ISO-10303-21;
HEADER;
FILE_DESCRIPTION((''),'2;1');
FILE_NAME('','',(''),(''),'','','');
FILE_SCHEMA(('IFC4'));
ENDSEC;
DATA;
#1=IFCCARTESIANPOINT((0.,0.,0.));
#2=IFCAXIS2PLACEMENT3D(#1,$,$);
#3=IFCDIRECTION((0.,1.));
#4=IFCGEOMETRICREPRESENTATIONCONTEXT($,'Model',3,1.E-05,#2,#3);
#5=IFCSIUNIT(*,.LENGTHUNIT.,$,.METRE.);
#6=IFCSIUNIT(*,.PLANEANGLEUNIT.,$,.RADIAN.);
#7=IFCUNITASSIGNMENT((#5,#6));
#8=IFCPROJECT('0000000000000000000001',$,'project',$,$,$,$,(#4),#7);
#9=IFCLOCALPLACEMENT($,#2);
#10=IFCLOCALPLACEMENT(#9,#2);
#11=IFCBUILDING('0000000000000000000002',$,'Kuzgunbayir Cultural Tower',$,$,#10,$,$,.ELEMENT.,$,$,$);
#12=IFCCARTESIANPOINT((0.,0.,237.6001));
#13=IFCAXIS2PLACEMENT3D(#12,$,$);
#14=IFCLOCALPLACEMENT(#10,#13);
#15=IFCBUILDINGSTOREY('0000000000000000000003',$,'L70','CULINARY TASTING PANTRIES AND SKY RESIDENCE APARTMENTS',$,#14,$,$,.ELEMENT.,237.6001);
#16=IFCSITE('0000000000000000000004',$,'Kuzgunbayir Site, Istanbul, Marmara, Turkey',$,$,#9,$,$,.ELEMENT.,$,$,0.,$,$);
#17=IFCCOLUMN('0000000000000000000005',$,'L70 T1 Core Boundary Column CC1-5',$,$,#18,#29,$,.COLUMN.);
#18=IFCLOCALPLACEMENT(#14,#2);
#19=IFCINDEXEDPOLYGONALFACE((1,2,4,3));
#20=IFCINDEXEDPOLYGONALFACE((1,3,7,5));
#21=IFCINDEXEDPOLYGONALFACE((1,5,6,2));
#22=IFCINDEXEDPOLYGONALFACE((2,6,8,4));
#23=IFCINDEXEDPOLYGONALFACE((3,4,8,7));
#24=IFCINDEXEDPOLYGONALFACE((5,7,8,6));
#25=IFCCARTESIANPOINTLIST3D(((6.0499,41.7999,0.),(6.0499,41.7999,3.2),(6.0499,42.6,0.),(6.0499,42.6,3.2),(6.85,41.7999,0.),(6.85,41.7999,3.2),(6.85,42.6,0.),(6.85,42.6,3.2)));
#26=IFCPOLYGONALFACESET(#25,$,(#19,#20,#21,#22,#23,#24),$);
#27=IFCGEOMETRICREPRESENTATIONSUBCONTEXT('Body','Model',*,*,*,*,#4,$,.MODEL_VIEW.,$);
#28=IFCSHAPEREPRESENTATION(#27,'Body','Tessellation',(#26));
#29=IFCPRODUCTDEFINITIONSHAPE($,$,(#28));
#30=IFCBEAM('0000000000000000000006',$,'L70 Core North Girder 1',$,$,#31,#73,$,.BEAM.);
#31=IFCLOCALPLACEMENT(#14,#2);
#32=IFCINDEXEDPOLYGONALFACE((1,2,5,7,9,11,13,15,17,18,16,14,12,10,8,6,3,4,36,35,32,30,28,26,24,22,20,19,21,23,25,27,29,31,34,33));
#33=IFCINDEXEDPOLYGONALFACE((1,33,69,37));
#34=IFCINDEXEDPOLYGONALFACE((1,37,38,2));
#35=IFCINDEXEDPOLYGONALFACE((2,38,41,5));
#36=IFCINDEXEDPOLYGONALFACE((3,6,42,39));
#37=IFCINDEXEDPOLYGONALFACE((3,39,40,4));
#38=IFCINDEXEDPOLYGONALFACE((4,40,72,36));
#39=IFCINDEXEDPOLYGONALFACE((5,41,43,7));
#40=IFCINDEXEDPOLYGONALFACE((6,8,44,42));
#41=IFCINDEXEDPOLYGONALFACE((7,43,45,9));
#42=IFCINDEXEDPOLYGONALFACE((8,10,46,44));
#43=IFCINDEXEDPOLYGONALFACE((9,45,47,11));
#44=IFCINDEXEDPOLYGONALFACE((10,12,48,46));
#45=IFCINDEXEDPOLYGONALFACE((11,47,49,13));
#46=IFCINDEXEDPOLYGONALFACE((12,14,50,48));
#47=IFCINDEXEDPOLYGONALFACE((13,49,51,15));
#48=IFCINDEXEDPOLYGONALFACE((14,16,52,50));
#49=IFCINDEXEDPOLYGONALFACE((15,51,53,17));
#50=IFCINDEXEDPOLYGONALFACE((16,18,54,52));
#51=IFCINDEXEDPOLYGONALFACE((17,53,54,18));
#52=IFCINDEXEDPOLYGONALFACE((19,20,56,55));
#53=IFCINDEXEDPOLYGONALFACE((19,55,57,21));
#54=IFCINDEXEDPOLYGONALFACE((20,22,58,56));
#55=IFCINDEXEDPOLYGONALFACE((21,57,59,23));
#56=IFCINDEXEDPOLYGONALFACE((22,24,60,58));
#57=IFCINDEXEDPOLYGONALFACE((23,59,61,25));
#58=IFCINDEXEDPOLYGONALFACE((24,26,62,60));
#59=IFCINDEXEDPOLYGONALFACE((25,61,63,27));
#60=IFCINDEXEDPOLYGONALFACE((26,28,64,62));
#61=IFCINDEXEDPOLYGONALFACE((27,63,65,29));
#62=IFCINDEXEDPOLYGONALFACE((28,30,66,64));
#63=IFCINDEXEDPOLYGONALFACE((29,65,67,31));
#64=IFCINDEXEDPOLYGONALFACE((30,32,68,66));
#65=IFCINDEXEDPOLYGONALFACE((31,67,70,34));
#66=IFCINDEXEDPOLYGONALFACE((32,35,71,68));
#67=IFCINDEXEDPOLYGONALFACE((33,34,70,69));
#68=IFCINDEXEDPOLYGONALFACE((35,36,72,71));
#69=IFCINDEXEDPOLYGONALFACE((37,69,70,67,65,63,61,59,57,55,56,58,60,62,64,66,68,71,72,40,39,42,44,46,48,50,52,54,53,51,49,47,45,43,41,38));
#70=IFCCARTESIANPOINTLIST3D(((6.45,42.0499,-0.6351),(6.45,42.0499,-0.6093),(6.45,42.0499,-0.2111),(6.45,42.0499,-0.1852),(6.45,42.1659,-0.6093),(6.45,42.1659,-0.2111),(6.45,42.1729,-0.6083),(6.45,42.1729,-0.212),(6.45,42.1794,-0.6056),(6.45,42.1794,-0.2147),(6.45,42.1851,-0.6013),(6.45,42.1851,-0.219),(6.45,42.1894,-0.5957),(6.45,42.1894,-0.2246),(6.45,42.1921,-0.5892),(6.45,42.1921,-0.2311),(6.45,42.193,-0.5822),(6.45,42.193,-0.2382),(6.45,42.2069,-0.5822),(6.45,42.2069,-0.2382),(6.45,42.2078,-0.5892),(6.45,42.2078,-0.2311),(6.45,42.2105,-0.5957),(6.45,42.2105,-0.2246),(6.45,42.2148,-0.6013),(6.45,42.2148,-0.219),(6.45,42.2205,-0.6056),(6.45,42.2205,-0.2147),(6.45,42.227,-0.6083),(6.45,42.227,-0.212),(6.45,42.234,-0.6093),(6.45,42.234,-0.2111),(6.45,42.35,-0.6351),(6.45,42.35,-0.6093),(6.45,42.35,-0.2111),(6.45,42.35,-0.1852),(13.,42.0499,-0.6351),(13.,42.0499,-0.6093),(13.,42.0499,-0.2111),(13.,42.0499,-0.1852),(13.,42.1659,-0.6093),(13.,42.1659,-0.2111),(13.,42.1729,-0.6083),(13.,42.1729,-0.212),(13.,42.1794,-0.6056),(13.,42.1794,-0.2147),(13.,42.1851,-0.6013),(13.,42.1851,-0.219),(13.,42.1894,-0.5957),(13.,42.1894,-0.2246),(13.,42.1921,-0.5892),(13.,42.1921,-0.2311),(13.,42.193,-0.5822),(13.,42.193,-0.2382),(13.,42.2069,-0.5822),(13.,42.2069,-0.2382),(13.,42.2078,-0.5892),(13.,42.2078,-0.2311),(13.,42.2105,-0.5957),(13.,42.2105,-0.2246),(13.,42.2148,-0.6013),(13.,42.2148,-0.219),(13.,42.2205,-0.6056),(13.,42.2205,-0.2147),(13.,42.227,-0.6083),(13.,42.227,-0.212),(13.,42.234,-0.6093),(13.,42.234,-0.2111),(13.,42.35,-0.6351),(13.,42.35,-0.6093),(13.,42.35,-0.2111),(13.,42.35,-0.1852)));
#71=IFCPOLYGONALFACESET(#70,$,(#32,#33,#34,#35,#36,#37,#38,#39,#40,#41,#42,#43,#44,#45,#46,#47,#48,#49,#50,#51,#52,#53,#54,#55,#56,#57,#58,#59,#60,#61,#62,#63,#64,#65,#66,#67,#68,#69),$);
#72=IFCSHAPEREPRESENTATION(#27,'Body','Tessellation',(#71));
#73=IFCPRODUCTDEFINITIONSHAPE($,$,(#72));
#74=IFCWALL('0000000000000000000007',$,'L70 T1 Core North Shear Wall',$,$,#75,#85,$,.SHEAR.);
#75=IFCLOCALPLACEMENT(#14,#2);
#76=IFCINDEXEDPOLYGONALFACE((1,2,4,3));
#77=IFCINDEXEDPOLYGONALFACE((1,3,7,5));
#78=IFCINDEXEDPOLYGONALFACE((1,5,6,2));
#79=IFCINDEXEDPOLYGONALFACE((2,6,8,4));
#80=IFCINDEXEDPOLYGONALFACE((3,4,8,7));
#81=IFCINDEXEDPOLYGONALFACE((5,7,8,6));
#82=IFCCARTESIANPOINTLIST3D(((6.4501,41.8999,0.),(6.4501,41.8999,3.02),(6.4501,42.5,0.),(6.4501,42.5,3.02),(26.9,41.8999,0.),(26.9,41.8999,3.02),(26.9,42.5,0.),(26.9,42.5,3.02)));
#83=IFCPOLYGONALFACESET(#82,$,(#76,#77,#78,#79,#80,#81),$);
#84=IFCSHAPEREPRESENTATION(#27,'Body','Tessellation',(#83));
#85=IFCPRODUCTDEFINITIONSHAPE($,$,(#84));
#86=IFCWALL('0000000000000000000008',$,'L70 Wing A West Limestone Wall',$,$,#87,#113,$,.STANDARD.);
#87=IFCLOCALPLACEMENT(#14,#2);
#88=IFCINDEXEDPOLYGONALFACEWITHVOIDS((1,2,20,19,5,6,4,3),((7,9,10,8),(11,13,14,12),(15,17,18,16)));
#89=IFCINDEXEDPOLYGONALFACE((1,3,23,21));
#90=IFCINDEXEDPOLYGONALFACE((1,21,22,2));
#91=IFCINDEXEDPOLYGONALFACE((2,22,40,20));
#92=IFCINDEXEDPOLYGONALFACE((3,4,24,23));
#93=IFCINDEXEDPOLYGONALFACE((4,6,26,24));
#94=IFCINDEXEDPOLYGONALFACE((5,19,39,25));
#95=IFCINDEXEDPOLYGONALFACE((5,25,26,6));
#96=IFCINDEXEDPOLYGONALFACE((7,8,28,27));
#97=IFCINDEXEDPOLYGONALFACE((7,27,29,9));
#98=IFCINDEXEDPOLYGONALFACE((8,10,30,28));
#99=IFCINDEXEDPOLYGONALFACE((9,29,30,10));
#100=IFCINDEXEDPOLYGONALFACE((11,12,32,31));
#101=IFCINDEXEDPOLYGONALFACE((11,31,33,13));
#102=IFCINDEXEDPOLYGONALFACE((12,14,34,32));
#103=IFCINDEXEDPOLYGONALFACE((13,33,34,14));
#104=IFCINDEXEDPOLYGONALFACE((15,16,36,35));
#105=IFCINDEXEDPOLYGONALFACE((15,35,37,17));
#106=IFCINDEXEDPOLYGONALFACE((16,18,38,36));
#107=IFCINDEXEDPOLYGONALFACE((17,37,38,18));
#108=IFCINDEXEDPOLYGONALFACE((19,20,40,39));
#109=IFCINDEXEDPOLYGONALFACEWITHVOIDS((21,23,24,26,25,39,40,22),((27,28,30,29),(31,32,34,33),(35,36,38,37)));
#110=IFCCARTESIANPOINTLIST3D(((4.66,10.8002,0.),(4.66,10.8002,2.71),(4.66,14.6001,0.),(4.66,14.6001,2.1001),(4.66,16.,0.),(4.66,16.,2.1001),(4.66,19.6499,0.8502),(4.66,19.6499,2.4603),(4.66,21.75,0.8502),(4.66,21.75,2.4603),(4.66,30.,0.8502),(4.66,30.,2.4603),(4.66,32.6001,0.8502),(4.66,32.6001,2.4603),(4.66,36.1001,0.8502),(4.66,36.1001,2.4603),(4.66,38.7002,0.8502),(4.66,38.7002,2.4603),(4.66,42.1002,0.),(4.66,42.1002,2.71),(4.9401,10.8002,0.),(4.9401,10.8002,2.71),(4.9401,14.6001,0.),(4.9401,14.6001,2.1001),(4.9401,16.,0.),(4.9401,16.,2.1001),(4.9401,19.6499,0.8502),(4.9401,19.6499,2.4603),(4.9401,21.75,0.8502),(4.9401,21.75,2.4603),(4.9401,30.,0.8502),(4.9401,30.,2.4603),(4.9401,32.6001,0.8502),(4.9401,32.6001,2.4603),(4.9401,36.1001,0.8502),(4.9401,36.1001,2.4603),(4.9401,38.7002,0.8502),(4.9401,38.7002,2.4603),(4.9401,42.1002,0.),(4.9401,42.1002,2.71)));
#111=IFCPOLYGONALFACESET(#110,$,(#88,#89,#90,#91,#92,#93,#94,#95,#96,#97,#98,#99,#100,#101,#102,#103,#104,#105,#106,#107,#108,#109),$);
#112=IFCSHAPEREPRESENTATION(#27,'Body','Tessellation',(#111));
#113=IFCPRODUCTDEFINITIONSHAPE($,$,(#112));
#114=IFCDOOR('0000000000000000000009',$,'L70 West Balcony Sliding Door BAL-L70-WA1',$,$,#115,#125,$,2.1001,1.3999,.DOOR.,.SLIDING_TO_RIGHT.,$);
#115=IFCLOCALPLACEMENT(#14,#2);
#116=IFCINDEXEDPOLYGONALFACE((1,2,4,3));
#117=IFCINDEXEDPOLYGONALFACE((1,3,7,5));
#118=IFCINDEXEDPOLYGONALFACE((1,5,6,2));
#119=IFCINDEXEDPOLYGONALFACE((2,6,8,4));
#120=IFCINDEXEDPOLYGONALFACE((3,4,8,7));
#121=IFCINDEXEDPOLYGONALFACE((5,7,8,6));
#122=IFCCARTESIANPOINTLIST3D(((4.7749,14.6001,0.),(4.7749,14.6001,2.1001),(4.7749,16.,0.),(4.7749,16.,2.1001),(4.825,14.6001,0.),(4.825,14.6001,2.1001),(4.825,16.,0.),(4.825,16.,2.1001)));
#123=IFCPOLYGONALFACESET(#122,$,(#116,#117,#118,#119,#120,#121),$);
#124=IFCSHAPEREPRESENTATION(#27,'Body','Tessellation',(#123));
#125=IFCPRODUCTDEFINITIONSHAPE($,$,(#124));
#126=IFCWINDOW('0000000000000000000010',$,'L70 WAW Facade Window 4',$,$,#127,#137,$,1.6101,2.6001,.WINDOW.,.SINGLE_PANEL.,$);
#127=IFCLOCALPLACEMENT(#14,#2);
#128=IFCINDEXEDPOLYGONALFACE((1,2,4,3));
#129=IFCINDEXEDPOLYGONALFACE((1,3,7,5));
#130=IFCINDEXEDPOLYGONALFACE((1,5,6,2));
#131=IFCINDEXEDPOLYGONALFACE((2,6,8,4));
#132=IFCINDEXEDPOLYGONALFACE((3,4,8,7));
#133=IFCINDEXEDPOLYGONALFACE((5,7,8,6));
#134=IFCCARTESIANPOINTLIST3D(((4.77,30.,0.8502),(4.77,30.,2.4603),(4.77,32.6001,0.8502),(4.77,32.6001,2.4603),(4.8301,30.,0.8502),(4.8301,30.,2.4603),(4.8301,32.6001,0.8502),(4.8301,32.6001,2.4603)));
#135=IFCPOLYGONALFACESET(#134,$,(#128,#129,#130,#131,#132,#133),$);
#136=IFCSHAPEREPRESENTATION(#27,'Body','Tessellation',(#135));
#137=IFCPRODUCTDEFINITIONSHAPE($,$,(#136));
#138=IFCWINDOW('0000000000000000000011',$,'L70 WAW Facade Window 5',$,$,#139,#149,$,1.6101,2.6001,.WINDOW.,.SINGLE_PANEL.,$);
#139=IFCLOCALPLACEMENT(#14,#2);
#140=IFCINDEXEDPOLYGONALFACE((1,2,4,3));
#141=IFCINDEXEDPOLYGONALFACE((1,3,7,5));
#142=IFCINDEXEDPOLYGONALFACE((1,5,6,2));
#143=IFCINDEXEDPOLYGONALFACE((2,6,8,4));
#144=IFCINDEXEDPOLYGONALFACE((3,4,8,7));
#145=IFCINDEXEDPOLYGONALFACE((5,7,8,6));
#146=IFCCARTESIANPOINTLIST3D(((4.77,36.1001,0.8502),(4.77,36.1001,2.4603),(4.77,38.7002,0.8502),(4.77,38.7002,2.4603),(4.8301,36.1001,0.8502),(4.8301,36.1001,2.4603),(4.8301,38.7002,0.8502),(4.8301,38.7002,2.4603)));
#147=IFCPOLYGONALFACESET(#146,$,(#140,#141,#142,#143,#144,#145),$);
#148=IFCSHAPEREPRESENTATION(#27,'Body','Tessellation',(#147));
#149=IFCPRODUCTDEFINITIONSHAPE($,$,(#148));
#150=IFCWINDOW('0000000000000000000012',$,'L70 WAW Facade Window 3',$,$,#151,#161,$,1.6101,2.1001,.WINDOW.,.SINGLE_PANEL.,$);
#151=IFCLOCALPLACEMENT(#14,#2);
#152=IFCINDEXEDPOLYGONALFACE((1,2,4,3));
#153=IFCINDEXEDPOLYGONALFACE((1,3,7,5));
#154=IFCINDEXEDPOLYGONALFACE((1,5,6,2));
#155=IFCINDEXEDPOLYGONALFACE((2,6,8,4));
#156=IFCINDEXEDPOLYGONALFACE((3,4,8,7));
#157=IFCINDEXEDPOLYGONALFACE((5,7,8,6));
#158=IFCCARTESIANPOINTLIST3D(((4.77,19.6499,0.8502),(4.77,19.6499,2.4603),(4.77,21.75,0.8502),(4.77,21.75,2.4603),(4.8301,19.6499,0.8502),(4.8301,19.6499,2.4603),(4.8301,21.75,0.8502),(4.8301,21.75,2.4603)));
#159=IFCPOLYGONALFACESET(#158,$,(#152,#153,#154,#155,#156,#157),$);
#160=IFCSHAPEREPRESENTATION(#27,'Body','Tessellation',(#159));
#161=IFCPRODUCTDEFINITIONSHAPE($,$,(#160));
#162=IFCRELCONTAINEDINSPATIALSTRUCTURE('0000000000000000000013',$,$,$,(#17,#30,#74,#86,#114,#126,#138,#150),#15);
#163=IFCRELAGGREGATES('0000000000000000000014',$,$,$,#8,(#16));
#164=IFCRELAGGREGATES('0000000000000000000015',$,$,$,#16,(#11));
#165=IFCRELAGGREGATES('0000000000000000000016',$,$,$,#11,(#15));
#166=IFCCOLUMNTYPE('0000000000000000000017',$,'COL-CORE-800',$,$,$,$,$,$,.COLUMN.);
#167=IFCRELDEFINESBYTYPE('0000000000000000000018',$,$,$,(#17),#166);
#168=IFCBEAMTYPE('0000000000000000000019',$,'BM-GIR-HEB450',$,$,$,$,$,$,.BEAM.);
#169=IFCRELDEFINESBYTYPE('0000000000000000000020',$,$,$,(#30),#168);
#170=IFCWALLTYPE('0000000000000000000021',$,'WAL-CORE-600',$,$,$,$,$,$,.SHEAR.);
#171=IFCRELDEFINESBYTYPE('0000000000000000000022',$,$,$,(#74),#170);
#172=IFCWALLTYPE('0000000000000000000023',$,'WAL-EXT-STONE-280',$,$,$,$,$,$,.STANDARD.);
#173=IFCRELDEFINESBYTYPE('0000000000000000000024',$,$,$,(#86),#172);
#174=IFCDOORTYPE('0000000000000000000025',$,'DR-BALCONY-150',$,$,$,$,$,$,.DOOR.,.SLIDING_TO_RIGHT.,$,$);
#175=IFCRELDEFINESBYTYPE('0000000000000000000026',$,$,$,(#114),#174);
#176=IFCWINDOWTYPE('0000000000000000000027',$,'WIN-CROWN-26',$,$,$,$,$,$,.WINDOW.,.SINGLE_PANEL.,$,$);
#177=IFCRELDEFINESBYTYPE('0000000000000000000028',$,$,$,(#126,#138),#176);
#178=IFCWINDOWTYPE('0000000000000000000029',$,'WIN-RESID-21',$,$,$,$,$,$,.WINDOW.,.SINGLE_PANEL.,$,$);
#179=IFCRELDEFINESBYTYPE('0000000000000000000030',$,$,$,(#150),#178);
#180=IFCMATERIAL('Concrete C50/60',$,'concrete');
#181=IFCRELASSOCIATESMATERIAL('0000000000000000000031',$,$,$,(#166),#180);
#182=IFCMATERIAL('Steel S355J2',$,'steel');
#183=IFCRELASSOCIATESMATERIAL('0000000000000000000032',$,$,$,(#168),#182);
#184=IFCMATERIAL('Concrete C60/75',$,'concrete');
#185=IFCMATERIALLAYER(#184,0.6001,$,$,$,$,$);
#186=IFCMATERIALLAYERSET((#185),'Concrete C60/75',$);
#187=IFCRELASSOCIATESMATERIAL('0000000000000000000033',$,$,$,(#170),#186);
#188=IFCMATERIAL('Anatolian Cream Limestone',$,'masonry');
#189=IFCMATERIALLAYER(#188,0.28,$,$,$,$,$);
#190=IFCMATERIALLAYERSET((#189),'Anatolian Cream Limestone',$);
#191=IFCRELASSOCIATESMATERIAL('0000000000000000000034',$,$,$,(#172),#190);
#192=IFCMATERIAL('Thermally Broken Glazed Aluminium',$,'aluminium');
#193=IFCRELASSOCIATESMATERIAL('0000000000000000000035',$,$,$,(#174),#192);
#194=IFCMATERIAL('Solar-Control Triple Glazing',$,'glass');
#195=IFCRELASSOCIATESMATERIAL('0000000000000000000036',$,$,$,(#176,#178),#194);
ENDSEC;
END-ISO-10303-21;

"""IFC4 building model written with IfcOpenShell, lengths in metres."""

from ifc_helpers import new_model, si_unit, direction, frame, frame_2d, origin, origin_2d, place, context, subcontext, project, spatial, rectangle, i_section, extrude, material, layer, layer_set, material_profile, profile_set, type_object, element, fill, save


model = new_model("IFC4")

# Units and contexts
model_context = context("Model", 3, precision=1e-05, world=origin(), true_north=direction((0.0, 1.0)))
body_context = subcontext(model_context, "Body", "Model", "MODEL_VIEW")
ifc_project = project(units=[si_unit("LENGTHUNIT", "METRE"), si_unit("PLANEANGLEUNIT", "RADIAN")], contexts=[model_context])

# Site, building, storey
site_placement = place(None, origin())
site = spatial("IfcSite", under=ifc_project, at=site_placement, Name="Kuzgunbayir Site, Istanbul, Marmara, Turkey", CompositionType="ELEMENT", RefElevation=0.0)
building_placement = place(site_placement, origin())
building = spatial("IfcBuilding", under=site, at=building_placement, Name="Kuzgunbayir Cultural Tower", CompositionType="ELEMENT")
storey_placement = place(building_placement, frame((0.0, 0.0, 237.6001)))
storey = spatial("IfcBuildingStorey", under=building, at=storey_placement, Name="L70", Description="CULINARY TASTING PANTRIES AND SKY RESIDENCE APARTMENTS", CompositionType="ELEMENT", Elevation=237.6001)

# Column
ifc_material_1 = material(Name="Concrete C50/60", Category="concrete")
ifc_material_profile_1 = material_profile(ifc_material_1, rectangle(XDim=0.8, YDim=0.8, at=origin_2d()), Name="RC 800x800")
ifc_profile_set_1 = profile_set([ifc_material_profile_1], Name="Concrete C50/60")
column_type = type_object("IfcColumnType", Name="COL-CORE-800", PredefinedType="COLUMN", material=ifc_profile_set_1)
column_placement = place(storey_placement, frame((6.45, 42.2, 0.0), z_axis=(0.0, 0.0, 1.0), x_axis=(1.0, 0.0, 0.0)))
element("IfcColumn", 1, at=column_placement, inside=storey, type_object=column_type, Name="L70 T1 Core Boundary Column CC1-5", PredefinedType="COLUMN", context=body_context, shape_type="SweptSolid", body=[
    extrude(rectangle(XDim=0.8, YDim=0.8, at=origin_2d()), origin(), (0.0, 0.0, 1.0), 3.2),
])

# Beam
ifc_material_2 = material(Name="Steel S355J2", Category="steel")
ifc_material_profile_2 = material_profile(ifc_material_2, i_section(OverallWidth=0.3, OverallDepth=0.45, WebThickness=0.0139, FlangeThickness=0.0259, FilletRadius=0.0271, at=origin_2d()), Name="HEB 450")
ifc_profile_set_2 = profile_set([ifc_material_profile_2], Name="Steel S355J2")
beam_type = type_object("IfcBeamType", Name="BM-GIR-HEB450", PredefinedType="BEAM", material=ifc_profile_set_2)
beam_placement = place(storey_placement, frame((6.45, 42.2, -0.4102), z_axis=(1.0, 0.0, 0.0), x_axis=(0.0, 1.0, 0.0)))
element("IfcBeam", 2, at=beam_placement, inside=storey, type_object=beam_type, Name="L70 Core North Girder 1", PredefinedType="BEAM", context=body_context, shape_type="SweptSolid", body=[
    extrude(i_section(OverallWidth=0.3, OverallDepth=0.45, WebThickness=0.0139, FlangeThickness=0.0259, FilletRadius=0.0271, at=origin_2d()), origin(), (0.0, 0.0, 1.0), 6.55),
])

# Wall
ifc_material_3 = material(Name="Concrete C60/75", Category="concrete")
ifc_layer_1 = layer(ifc_material_3, 0.6001)
ifc_layer_set_1 = layer_set([ifc_layer_1], Name="Concrete C60/75")
wall_type_1 = type_object("IfcWallType", Name="WAL-CORE-600", PredefinedType="SHEAR", material=ifc_layer_set_1)
wall_1_placement = place(storey_placement, frame((6.45, 42.2, 0.0), z_axis=(0.0, 0.0, 1.0), x_axis=(1.0, 0.0, 0.0)))
element("IfcWall", 3, at=wall_1_placement, inside=storey, type_object=wall_type_1, Name="L70 T1 Core North Shear Wall", PredefinedType="SHEAR", context=body_context, shape_type="SweptSolid", body=[
    extrude(rectangle(XDim=20.45, YDim=0.6001, at=frame_2d((10.2251, 0.0))), origin(), (0.0, 0.0, 1.0), 3.02),
])

# Wall, openings, door, windows
ifc_material_4 = material(Name="Anatolian Cream Limestone", Category="masonry")
ifc_layer_2 = layer(ifc_material_4, 0.28)
ifc_layer_set_2 = layer_set([ifc_layer_2], Name="Anatolian Cream Limestone")
wall_type_2 = type_object("IfcWallType", Name="WAL-EXT-STONE-280", PredefinedType="STANDARD", material=ifc_layer_set_2)
wall_2_placement = place(storey_placement, frame((4.8, 42.1001, 0.0), z_axis=(0.0, 0.0, 1.0), x_axis=(0.0, -1.0, 0.0)))
wall_2 = element("IfcWall", 4, at=wall_2_placement, inside=storey, type_object=wall_type_2, Name="L70 Wing A West Limestone Wall", PredefinedType="STANDARD", context=body_context, shape_type="SweptSolid", body=[
    extrude(rectangle(XDim=31.3, YDim=0.28, at=frame_2d((15.6499, 0.0))), origin(), (0.0, 0.0, 1.0), 2.71),
])
opening_1_placement = place(wall_2_placement, frame((26.1001, 0.0, 0.0)))
opening_1 = element("IfcOpeningElement", 5, at=opening_1_placement, cuts=wall_2, PredefinedType="OPENING", context=body_context, shape_type="SweptSolid", body=[
    extrude(rectangle(XDim=1.3999, YDim=2.1001, at=frame_2d((0.7, 1.05))), frame((0.0, 0.1499, 0.0), z_axis=(0.0, -1.0, 0.0), x_axis=(1.0, 0.0, 0.0)), (0.0, 0.0, 1.0), 0.3),
])
opening_2_placement = place(wall_2_placement, frame((20.3501, 0.0, 0.8501)))
opening_2 = element("IfcOpeningElement", 6, at=opening_2_placement, cuts=wall_2, PredefinedType="OPENING", context=body_context, shape_type="SweptSolid", body=[
    extrude(rectangle(XDim=2.1001, YDim=1.6101, at=frame_2d((1.05, 0.8052))), frame((0.0, 0.1499, 0.0), z_axis=(0.0, -1.0, 0.0), x_axis=(1.0, 0.0, 0.0)), (0.0, 0.0, 1.0), 0.3),
])
opening_3_placement = place(wall_2_placement, frame((9.5, 0.0, 0.8501)))
opening_3 = element("IfcOpeningElement", 7, at=opening_3_placement, cuts=wall_2, PredefinedType="OPENING", context=body_context, shape_type="SweptSolid", body=[
    extrude(rectangle(XDim=2.6001, YDim=1.6101, at=frame_2d((1.3, 0.8052))), frame((0.0, 0.1499, 0.0), z_axis=(0.0, -1.0, 0.0), x_axis=(1.0, 0.0, 0.0)), (0.0, 0.0, 1.0), 0.3),
])
opening_4_placement = place(wall_2_placement, frame((3.3999, 0.0, 0.8501)))
opening_4 = element("IfcOpeningElement", 8, at=opening_4_placement, cuts=wall_2, PredefinedType="OPENING", context=body_context, shape_type="SweptSolid", body=[
    extrude(rectangle(XDim=2.6001, YDim=1.6101, at=frame_2d((1.3, 0.8052))), frame((0.0, 0.1499, 0.0), z_axis=(0.0, -1.0, 0.0), x_axis=(1.0, 0.0, 0.0)), (0.0, 0.0, 1.0), 0.3),
])
ifc_material_5 = material(Name="Thermally Broken Glazed Aluminium", Category="aluminium")
door_type_1 = type_object("IfcDoorType", Name="DR-BALCONY-150", OperationType="SLIDING_TO_RIGHT", PredefinedType="DOOR", material=ifc_material_5)
door_1_placement = place(opening_1_placement, origin())
door_1 = element("IfcDoor", 9, at=door_1_placement, inside=storey, type_object=door_type_1, Name="L70 West Balcony Sliding Door BAL-L70-WA1", OperationType="SLIDING_TO_RIGHT", OverallHeight=2.1001, OverallWidth=1.3999, PredefinedType="DOOR", context=body_context, shape_type="SweptSolid", body=[
    extrude(rectangle(XDim=1.3999, YDim=2.1001, at=frame_2d((0.7, 1.05))), frame((0.0, 0.0249, 0.0), z_axis=(0.0, -1.0, 0.0), x_axis=(1.0, 0.0, 0.0)), (0.0, 0.0, 1.0), 0.05),
])
fill(opening_1, door_1)
ifc_material_6 = material(Name="Solar-Control Triple Glazing", Category="glass")
window_type_1 = type_object("IfcWindowType", Name="WIN-CROWN-26", PartitioningType="SINGLE_PANEL", PredefinedType="WINDOW", material=ifc_material_6)
window_1_placement = place(opening_3_placement, origin())
window_1 = element("IfcWindow", 10, at=window_1_placement, inside=storey, type_object=window_type_1, Name="L70 WAW Facade Window 4", OverallHeight=1.6101, OverallWidth=2.6001, PartitioningType="SINGLE_PANEL", PredefinedType="WINDOW", context=body_context, shape_type="SweptSolid", body=[
    extrude(rectangle(XDim=2.6001, YDim=1.6101, at=frame_2d((1.3, 0.8052))), frame((0.0, 0.03, 0.0), z_axis=(0.0, -1.0, 0.0), x_axis=(1.0, 0.0, 0.0)), (0.0, 0.0, 1.0), 0.0601),
])
fill(opening_3, window_1)
window_2_placement = place(opening_4_placement, origin())
window_2 = element("IfcWindow", 11, at=window_2_placement, inside=storey, type_object=window_type_1, Name="L70 WAW Facade Window 5", OverallHeight=1.6101, OverallWidth=2.6001, PartitioningType="SINGLE_PANEL", PredefinedType="WINDOW", context=body_context, shape_type="SweptSolid", body=[
    extrude(rectangle(XDim=2.6001, YDim=1.6101, at=frame_2d((1.3, 0.8052))), frame((0.0, 0.03, 0.0), z_axis=(0.0, -1.0, 0.0), x_axis=(1.0, 0.0, 0.0)), (0.0, 0.0, 1.0), 0.0601),
])
fill(opening_4, window_2)
window_type_2 = type_object("IfcWindowType", Name="WIN-RESID-21", PartitioningType="SINGLE_PANEL", PredefinedType="WINDOW", material=ifc_material_6)
window_3_placement = place(opening_2_placement, origin())
window_3 = element("IfcWindow", 12, at=window_3_placement, inside=storey, type_object=window_type_2, Name="L70 WAW Facade Window 3", OverallHeight=1.6101, OverallWidth=2.1001, PartitioningType="SINGLE_PANEL", PredefinedType="WINDOW", context=body_context, shape_type="SweptSolid", body=[
    extrude(rectangle(XDim=2.1001, YDim=1.6101, at=frame_2d((1.05, 0.8052))), frame((0.0, 0.03, 0.0), z_axis=(0.0, -1.0, 0.0), x_axis=(1.0, 0.0, 0.0)), (0.0, 0.0, 1.0), 0.0601),
])
fill(opening_2, window_3)

save(model, "model.ifc")
